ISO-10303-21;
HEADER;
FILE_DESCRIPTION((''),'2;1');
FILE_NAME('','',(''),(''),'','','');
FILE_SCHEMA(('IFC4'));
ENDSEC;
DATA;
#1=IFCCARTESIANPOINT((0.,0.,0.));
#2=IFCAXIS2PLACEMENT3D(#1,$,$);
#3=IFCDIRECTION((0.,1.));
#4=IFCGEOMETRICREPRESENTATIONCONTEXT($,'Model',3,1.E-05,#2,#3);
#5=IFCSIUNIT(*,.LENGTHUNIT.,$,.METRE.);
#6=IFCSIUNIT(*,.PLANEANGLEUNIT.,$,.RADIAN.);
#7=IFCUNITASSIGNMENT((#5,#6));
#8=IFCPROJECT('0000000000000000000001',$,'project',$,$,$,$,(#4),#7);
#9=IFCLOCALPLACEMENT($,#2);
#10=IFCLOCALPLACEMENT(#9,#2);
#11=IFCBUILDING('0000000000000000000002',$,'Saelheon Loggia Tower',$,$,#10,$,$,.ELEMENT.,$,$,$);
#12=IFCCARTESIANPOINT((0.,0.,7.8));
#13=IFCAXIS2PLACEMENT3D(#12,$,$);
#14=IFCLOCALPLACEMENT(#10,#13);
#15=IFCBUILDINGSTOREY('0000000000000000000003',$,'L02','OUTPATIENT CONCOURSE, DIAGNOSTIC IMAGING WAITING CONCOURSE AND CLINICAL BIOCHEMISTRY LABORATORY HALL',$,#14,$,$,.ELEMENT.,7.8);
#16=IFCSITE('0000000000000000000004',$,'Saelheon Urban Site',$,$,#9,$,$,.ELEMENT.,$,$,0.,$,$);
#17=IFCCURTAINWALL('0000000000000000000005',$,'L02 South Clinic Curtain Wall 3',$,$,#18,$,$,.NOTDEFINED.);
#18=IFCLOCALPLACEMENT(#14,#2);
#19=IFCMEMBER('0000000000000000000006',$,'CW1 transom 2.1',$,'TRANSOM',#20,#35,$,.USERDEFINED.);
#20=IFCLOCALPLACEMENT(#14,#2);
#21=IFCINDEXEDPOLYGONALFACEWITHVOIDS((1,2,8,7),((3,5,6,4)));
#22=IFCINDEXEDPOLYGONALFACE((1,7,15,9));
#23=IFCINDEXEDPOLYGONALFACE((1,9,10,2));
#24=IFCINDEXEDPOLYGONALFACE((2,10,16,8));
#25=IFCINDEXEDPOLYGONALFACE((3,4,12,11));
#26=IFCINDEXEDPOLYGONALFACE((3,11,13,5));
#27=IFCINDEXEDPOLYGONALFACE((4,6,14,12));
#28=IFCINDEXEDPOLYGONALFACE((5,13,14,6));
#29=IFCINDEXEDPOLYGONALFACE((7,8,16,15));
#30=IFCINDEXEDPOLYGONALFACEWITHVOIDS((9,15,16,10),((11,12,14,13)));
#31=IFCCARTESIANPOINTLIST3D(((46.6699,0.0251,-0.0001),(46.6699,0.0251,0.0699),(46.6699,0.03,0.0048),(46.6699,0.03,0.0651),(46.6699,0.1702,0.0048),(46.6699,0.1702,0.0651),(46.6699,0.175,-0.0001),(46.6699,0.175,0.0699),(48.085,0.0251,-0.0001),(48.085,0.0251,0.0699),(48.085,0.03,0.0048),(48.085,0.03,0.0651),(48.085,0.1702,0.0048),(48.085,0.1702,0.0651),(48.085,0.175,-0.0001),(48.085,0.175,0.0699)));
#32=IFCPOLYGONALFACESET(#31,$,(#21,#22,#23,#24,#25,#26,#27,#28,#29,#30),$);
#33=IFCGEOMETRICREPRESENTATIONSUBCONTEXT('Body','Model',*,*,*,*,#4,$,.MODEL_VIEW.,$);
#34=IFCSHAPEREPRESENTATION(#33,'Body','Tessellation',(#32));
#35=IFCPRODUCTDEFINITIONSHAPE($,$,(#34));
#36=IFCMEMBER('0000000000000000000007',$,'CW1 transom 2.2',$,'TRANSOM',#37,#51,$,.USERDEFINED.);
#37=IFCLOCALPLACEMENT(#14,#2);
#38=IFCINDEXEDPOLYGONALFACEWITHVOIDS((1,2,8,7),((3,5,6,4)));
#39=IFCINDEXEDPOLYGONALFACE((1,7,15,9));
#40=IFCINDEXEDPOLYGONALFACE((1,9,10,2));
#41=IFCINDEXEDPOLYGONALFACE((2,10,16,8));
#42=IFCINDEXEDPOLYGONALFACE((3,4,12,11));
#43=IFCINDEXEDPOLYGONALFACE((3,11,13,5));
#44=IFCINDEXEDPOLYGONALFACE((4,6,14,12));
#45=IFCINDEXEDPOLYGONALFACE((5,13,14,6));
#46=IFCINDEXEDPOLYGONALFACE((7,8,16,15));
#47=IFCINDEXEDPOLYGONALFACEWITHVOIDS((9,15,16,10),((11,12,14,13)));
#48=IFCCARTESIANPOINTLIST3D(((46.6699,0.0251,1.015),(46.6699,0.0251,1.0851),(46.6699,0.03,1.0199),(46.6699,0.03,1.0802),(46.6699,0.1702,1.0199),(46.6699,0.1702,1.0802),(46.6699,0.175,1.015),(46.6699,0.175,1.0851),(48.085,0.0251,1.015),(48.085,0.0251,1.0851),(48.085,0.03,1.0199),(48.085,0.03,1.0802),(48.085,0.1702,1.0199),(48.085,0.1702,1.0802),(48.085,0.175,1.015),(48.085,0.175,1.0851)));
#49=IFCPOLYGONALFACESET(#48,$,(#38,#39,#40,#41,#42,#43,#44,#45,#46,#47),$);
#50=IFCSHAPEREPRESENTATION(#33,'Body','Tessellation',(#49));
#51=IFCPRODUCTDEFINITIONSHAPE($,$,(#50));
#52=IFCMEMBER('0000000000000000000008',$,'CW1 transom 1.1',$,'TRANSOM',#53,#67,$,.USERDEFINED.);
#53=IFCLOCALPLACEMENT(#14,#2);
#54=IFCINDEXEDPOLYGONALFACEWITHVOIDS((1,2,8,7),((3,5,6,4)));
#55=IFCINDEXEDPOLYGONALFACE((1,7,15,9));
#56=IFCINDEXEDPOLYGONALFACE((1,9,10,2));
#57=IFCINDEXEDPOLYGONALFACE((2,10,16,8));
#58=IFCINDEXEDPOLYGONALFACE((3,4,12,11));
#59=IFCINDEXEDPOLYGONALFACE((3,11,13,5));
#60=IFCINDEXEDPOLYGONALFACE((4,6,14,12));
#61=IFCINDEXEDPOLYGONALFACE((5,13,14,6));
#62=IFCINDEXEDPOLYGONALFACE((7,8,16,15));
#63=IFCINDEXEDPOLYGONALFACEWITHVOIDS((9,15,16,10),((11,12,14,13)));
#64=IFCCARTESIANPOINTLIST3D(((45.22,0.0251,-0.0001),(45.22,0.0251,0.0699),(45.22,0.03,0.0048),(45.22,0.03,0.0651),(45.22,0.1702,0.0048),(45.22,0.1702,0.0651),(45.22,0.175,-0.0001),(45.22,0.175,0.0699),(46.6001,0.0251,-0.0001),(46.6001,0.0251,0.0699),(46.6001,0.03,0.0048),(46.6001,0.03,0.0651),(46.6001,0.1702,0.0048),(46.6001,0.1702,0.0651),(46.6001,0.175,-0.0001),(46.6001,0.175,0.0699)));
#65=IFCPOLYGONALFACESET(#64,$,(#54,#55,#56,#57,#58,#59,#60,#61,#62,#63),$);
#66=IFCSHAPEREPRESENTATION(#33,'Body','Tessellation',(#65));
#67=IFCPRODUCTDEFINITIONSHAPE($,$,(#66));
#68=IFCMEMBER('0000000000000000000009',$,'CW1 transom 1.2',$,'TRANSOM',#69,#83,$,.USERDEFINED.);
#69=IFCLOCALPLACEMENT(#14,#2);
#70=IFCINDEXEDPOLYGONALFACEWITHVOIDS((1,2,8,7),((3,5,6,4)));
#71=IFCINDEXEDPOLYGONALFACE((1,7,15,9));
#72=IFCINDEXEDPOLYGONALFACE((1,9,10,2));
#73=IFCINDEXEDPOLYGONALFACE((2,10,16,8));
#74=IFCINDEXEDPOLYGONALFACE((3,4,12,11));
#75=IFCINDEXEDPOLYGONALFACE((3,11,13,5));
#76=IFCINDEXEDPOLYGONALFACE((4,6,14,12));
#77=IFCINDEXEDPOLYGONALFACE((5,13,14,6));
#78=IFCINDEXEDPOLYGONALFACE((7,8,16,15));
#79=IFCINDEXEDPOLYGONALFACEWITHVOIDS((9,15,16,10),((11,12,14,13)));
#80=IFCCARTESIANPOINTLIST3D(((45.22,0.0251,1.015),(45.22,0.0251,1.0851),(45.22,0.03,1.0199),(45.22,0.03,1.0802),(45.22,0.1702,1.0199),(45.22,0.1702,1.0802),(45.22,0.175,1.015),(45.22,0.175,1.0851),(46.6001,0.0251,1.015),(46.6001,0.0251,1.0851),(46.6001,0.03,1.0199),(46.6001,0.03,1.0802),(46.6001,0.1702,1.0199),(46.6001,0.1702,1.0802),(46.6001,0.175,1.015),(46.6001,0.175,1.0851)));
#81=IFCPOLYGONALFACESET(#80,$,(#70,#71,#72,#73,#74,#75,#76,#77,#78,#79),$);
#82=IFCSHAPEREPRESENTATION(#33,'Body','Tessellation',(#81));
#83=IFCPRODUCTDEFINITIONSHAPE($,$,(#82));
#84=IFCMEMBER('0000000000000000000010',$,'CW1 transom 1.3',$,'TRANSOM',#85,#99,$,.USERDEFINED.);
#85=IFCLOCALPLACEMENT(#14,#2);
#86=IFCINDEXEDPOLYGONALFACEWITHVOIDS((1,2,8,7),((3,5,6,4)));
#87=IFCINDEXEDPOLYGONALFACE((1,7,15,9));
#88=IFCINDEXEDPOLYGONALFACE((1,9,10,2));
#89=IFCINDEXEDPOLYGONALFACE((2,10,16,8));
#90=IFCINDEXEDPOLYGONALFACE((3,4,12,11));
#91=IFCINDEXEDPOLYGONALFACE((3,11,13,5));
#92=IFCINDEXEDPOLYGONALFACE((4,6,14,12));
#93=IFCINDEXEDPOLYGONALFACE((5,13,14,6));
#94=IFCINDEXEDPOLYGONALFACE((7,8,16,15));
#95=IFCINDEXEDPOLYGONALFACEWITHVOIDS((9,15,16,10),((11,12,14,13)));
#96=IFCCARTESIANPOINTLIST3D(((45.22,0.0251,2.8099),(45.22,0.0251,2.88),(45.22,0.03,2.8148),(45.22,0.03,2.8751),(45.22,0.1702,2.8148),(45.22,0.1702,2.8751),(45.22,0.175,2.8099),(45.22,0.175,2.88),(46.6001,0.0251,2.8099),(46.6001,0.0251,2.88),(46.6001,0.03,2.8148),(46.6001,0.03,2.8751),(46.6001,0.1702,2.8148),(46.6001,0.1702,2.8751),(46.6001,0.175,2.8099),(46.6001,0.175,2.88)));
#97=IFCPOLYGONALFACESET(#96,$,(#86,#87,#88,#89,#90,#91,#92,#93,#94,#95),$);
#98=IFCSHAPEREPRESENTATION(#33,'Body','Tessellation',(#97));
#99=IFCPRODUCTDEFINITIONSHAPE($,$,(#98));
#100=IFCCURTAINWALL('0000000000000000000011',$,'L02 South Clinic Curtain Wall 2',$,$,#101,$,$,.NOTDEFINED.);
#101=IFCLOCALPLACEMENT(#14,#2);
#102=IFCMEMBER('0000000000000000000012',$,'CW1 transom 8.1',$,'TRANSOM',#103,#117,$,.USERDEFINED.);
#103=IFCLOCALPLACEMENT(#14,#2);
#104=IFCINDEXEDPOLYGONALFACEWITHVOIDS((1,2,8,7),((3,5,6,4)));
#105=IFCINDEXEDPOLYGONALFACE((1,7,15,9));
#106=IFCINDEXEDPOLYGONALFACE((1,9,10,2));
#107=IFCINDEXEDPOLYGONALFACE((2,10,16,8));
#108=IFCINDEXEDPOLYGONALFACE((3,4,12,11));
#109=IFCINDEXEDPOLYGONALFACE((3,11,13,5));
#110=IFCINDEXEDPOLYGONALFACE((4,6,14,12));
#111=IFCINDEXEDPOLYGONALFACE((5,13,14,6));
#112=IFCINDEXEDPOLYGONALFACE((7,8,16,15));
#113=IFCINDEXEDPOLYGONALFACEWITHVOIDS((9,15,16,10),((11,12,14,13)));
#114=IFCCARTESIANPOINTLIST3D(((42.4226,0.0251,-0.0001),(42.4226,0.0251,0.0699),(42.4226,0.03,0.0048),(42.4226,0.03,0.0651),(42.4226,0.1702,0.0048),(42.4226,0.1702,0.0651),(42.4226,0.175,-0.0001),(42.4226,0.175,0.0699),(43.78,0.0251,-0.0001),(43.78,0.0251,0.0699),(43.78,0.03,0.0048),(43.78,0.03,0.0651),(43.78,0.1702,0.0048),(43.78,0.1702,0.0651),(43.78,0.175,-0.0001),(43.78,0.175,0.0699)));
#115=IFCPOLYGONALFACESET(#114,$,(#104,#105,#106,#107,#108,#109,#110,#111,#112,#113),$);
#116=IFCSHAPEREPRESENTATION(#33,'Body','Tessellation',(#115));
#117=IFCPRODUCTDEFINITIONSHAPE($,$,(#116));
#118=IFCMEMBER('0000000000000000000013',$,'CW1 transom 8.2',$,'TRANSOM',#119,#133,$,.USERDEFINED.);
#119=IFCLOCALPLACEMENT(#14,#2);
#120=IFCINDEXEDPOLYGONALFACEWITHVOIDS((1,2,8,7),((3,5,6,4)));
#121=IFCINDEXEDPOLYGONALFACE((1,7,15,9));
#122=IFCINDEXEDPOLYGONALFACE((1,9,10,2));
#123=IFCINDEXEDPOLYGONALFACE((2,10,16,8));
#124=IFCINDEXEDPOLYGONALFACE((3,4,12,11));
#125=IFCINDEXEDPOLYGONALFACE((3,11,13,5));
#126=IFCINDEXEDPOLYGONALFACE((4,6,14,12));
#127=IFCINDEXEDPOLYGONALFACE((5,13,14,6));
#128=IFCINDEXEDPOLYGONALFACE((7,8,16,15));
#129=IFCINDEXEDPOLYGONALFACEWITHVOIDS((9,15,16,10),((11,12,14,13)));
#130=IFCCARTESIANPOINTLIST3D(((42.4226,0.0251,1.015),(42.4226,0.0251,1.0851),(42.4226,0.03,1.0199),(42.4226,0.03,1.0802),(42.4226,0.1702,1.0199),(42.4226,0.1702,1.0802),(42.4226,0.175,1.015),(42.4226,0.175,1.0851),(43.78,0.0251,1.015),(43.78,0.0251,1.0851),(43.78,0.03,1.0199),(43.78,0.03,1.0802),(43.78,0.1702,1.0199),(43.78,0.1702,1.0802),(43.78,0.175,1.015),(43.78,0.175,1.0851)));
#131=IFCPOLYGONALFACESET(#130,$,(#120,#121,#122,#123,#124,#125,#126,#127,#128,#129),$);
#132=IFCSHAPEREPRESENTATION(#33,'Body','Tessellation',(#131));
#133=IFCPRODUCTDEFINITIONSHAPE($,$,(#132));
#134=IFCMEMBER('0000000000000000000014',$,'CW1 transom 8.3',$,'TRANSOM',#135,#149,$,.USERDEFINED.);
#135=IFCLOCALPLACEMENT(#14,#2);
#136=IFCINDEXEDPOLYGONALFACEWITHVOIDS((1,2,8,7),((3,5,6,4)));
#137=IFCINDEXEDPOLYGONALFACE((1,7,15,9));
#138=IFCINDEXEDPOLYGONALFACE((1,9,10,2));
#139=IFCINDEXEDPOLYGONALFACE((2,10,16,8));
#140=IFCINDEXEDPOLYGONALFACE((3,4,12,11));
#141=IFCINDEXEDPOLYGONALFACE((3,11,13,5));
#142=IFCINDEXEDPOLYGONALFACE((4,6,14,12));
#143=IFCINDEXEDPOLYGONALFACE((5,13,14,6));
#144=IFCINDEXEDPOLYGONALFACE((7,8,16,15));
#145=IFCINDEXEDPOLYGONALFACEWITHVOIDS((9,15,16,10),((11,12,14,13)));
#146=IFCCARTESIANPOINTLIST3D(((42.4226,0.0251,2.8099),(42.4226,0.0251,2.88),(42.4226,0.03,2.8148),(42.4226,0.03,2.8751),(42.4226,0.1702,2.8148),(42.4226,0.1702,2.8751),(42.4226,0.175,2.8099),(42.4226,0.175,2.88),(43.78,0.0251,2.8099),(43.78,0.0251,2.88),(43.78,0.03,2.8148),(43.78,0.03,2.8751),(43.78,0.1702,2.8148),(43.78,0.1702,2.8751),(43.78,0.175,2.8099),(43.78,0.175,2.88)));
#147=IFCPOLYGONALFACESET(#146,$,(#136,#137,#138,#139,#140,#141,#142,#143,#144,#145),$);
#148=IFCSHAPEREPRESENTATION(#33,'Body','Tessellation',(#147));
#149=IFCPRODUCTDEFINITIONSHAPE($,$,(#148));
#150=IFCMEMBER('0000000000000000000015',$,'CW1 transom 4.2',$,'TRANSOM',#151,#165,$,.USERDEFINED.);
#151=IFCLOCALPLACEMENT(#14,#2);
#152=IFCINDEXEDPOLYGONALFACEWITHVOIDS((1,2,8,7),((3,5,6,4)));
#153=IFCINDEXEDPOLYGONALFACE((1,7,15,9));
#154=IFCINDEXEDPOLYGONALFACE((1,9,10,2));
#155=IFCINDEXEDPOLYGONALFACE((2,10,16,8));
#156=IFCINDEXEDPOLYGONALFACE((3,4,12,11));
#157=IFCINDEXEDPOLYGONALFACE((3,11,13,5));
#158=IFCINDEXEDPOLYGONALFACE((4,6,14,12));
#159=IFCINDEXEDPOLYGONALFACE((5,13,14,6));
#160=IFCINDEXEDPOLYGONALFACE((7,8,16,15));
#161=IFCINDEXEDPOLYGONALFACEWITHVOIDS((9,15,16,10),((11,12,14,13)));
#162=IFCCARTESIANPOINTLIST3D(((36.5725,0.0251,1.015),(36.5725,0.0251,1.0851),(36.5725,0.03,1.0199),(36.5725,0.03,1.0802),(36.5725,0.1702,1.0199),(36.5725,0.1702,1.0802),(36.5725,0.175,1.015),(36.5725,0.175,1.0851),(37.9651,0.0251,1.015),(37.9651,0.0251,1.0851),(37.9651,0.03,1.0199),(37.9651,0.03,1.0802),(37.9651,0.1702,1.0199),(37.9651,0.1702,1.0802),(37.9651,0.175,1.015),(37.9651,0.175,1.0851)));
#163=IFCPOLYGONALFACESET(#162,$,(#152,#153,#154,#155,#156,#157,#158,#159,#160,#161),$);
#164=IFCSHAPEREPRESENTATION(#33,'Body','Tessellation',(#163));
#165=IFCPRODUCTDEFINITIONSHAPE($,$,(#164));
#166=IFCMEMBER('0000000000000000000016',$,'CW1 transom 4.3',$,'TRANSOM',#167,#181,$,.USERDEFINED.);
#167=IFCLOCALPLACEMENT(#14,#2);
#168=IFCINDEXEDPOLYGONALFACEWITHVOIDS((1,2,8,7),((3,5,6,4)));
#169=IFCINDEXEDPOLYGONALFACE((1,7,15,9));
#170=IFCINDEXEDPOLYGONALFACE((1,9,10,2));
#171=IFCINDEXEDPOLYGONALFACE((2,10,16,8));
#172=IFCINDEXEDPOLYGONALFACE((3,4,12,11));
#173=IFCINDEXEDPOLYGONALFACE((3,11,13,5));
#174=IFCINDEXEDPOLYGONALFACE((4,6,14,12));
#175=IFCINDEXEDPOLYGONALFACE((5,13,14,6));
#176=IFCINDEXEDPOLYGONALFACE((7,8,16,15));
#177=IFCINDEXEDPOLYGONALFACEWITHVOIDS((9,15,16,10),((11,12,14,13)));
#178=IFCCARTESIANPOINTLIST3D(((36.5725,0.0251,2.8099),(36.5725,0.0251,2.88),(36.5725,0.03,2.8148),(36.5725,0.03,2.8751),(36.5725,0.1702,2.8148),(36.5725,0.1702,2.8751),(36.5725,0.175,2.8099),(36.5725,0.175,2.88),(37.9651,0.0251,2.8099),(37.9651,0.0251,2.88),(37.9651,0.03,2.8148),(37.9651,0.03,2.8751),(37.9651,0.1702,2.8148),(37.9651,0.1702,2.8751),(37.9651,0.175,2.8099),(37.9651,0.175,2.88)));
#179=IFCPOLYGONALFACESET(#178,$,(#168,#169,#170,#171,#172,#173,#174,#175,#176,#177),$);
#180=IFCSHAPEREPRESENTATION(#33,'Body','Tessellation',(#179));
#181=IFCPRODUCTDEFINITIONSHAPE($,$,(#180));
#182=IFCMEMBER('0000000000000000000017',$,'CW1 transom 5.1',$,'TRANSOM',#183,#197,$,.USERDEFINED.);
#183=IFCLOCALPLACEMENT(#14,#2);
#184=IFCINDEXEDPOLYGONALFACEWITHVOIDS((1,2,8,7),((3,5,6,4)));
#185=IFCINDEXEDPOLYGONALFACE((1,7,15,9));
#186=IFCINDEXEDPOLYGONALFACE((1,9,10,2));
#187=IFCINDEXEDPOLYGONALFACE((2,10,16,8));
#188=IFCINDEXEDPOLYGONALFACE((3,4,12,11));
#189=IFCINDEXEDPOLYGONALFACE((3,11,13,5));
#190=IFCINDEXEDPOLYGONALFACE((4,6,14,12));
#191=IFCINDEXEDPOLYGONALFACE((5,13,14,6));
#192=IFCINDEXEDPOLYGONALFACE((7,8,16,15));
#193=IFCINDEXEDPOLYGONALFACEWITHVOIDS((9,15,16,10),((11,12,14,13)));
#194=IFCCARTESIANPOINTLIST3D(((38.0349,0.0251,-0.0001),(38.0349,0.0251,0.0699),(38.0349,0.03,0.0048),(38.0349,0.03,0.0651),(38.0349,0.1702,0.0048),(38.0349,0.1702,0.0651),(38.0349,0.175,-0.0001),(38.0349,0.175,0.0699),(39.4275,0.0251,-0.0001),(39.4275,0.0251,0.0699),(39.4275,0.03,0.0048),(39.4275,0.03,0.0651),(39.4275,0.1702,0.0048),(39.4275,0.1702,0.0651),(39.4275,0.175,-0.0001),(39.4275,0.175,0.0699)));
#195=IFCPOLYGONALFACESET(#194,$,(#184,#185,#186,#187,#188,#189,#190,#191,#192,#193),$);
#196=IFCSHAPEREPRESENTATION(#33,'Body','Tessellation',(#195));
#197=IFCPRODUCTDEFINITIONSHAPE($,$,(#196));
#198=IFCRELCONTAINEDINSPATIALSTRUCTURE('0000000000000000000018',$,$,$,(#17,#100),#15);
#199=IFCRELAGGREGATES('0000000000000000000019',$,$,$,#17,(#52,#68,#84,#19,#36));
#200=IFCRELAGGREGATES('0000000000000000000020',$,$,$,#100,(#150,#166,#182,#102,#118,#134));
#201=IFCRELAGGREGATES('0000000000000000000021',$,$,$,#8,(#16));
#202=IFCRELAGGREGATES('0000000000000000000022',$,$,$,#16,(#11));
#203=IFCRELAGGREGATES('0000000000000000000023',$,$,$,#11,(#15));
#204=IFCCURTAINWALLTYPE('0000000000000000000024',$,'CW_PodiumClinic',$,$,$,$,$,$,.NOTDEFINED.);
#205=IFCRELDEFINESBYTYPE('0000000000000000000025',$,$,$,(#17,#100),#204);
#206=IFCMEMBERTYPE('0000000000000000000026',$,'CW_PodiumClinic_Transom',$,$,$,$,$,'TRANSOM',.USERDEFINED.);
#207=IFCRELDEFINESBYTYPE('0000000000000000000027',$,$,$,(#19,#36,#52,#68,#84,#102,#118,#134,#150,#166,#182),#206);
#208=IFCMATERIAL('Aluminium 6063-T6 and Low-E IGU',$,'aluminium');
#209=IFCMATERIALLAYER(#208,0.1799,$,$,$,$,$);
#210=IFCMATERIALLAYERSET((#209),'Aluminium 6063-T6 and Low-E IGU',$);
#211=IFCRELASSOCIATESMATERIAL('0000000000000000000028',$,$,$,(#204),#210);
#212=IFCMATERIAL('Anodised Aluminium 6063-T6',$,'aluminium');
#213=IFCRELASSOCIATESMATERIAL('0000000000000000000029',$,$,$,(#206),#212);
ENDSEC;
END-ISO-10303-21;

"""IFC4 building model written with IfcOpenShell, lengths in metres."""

from ifc_helpers import new_model, si_unit, direction, frame, origin, origin_2d, place, context, subcontext, project, spatial, hollow_rectangle, extrude, source, transform, mapped, material, layer, layer_set, material_profile, profile_set, type_object, element, aggregate, save


model = new_model("IFC4")

# Units and contexts
model_context = context("Model", 3, precision=1e-05, world=origin(), true_north=direction((0.0, 1.0)))
body_context = subcontext(model_context, "Body", "Model", "MODEL_VIEW")
ifc_project = project(units=[si_unit("LENGTHUNIT", "METRE"), si_unit("PLANEANGLEUNIT", "RADIAN")], contexts=[model_context])

# Site, building, storey
site_placement = place(None, origin())
site = spatial("IfcSite", under=ifc_project, at=site_placement, Name="Saelheon Urban Site", CompositionType="ELEMENT", RefElevation=0.0)
building_placement = place(site_placement, origin())
building = spatial("IfcBuilding", under=site, at=building_placement, Name="Saelheon Loggia Tower", CompositionType="ELEMENT")
storey_placement = place(building_placement, frame((0.0, 0.0, 7.8)))
storey = spatial("IfcBuildingStorey", under=building, at=storey_placement, Name="L02", Description="OUTPATIENT CONCOURSE, DIAGNOSTIC IMAGING WAITING CONCOURSE AND CLINICAL BIOCHEMISTRY LABORATORY HALL", CompositionType="ELEMENT", Elevation=7.8)

# Curtain walls, members
ifc_material_1 = material(Name="Aluminium 6063-T6 and Low-E IGU", Category="aluminium")
ifc_layer_1 = layer(ifc_material_1, 0.1799)
ifc_layer_set_1 = layer_set([ifc_layer_1], Name="Aluminium 6063-T6 and Low-E IGU")
curtain_wall_type = type_object("IfcCurtainWallType", Name="CW_PodiumClinic", PredefinedType="NOTDEFINED", material=ifc_layer_set_1)
curtain_wall_1_placement = place(storey_placement, origin())
curtain_wall_1 = element("IfcCurtainWall", 1, at=curtain_wall_1_placement, inside=storey, type_object=curtain_wall_type, Name="L02 South Clinic Curtain Wall 3", PredefinedType="NOTDEFINED")
ifc_material_2 = material(Name="Anodised Aluminium 6063-T6", Category="aluminium")
ifc_material_profile_1 = material_profile(ifc_material_2, hollow_rectangle(XDim=0.0701, YDim=0.1499, WallThickness=0.0049, at=origin_2d()), Name="RHS-150x70x5")
ifc_profile_set_1 = profile_set([ifc_material_profile_1], Name="Anodised Aluminium 6063-T6")
member_type_1 = type_object("IfcMemberType", Name="CW_PodiumClinic_Transom", ElementType="TRANSOM", PredefinedType="USERDEFINED", material=ifc_profile_set_1)
shared_shape_1 = source(origin(), body_context, "Body", "SweptSolid", [
    extrude(hollow_rectangle(XDim=0.0701, YDim=0.1499, WallThickness=0.0049, at=origin_2d()), origin(), (0.0, 0.0, 1.0), 1.415),
])
member_1_placement = place(storey_placement, frame((46.6699, 0.1001, 0.0349), z_axis=(1.0, 0.0, 0.0), x_axis=(0.0, 0.0, 1.0)))
member_1 = element("IfcMember", 2, at=member_1_placement, type_object=member_type_1, Name="CW1 transom 2.1", ObjectType="TRANSOM", PredefinedType="USERDEFINED", context=body_context, shape_type="MappedRepresentation", body=[
    mapped(shared_shape_1, transform((0.0, 0.0, 0.0), scale=1.0)),
])
member_2_placement = place(storey_placement, frame((46.6699, 0.1001, 1.05), z_axis=(1.0, 0.0, 0.0), x_axis=(0.0, 0.0, 1.0)))
member_2 = element("IfcMember", 3, at=member_2_placement, type_object=member_type_1, Name="CW1 transom 2.2", ObjectType="TRANSOM", PredefinedType="USERDEFINED", context=body_context, shape_type="MappedRepresentation", body=[
    mapped(shared_shape_1, transform((0.0, 0.0, 0.0), scale=1.0)),
])
shared_shape_2 = source(origin(), body_context, "Body", "SweptSolid", [
    extrude(hollow_rectangle(XDim=0.0701, YDim=0.1499, WallThickness=0.0049, at=origin_2d()), origin(), (0.0, 0.0, 1.0), 1.3801),
])
member_3_placement = place(storey_placement, frame((45.22, 0.1001, 0.0349), z_axis=(1.0, 0.0, 0.0), x_axis=(0.0, 0.0, 1.0)))
member_3 = element("IfcMember", 4, at=member_3_placement, type_object=member_type_1, Name="CW1 transom 1.1", ObjectType="TRANSOM", PredefinedType="USERDEFINED", context=body_context, shape_type="MappedRepresentation", body=[
    mapped(shared_shape_2, transform((0.0, 0.0, 0.0), scale=1.0)),
])
member_4_placement = place(storey_placement, frame((45.22, 0.1001, 1.05), z_axis=(1.0, 0.0, 0.0), x_axis=(0.0, 0.0, 1.0)))
member_4 = element("IfcMember", 5, at=member_4_placement, type_object=member_type_1, Name="CW1 transom 1.2", ObjectType="TRANSOM", PredefinedType="USERDEFINED", context=body_context, shape_type="MappedRepresentation", body=[
    mapped(shared_shape_2, transform((0.0, 0.0, 0.0), scale=1.0)),
])
member_5_placement = place(storey_placement, frame((45.22, 0.1001, 2.845), z_axis=(1.0, 0.0, 0.0), x_axis=(0.0, 0.0, 1.0)))
member_5 = element("IfcMember", 6, at=member_5_placement, type_object=member_type_1, Name="CW1 transom 1.3", ObjectType="TRANSOM", PredefinedType="USERDEFINED", context=body_context, shape_type="MappedRepresentation", body=[
    mapped(shared_shape_2, transform((0.0, 0.0, 0.0), scale=1.0)),
])
curtain_wall_2_placement = place(storey_placement, origin())
curtain_wall_2 = element("IfcCurtainWall", 7, at=curtain_wall_2_placement, inside=storey, type_object=curtain_wall_type, Name="L02 South Clinic Curtain Wall 2", PredefinedType="NOTDEFINED")
shared_shape_3 = source(origin(), body_context, "Body", "SweptSolid", [
    extrude(hollow_rectangle(XDim=0.0701, YDim=0.1499, WallThickness=0.0049, at=origin_2d()), origin(), (0.0, 0.0, 1.0), 1.3574),
])
member_6_placement = place(storey_placement, frame((42.4226, 0.1001, 0.0349), z_axis=(1.0, 0.0, 0.0), x_axis=(0.0, 0.0, 1.0)))
member_6 = element("IfcMember", 8, at=member_6_placement, type_object=member_type_1, Name="CW1 transom 8.1", ObjectType="TRANSOM", PredefinedType="USERDEFINED", context=body_context, shape_type="MappedRepresentation", body=[
    mapped(shared_shape_3, transform((0.0, 0.0, 0.0), scale=1.0)),
])
member_7_placement = place(storey_placement, frame((42.4226, 0.1001, 1.05), z_axis=(1.0, 0.0, 0.0), x_axis=(0.0, 0.0, 1.0)))
member_7 = element("IfcMember", 9, at=member_7_placement, type_object=member_type_1, Name="CW1 transom 8.2", ObjectType="TRANSOM", PredefinedType="USERDEFINED", context=body_context, shape_type="MappedRepresentation", body=[
    mapped(shared_shape_3, transform((0.0, 0.0, 0.0), scale=1.0)),
])
member_8_placement = place(storey_placement, frame((42.4226, 0.1001, 2.845), z_axis=(1.0, 0.0, 0.0), x_axis=(0.0, 0.0, 1.0)))
member_8 = element("IfcMember", 10, at=member_8_placement, type_object=member_type_1, Name="CW1 transom 8.3", ObjectType="TRANSOM", PredefinedType="USERDEFINED", context=body_context, shape_type="MappedRepresentation", body=[
    mapped(shared_shape_3, transform((0.0, 0.0, 0.0), scale=1.0)),
])
shared_shape_4 = source(origin(), body_context, "Body", "SweptSolid", [
    extrude(hollow_rectangle(XDim=0.0701, YDim=0.1499, WallThickness=0.0049, at=origin_2d()), origin(), (0.0, 0.0, 1.0), 1.3926),
])
member_9_placement = place(storey_placement, frame((36.5725, 0.1001, 1.05), z_axis=(1.0, 0.0, 0.0), x_axis=(0.0, 0.0, 1.0)))
member_9 = element("IfcMember", 11, at=member_9_placement, type_object=member_type_1, Name="CW1 transom 4.2", ObjectType="TRANSOM", PredefinedType="USERDEFINED", context=body_context, shape_type="MappedRepresentation", body=[
    mapped(shared_shape_4, transform((0.0, 0.0, 0.0), scale=1.0)),
])
member_10_placement = place(storey_placement, frame((36.5725, 0.1001, 2.845), z_axis=(1.0, 0.0, 0.0), x_axis=(0.0, 0.0, 1.0)))
member_10 = element("IfcMember", 12, at=member_10_placement, type_object=member_type_1, Name="CW1 transom 4.3", ObjectType="TRANSOM", PredefinedType="USERDEFINED", context=body_context, shape_type="MappedRepresentation", body=[
    mapped(shared_shape_4, transform((0.0, 0.0, 0.0), scale=1.0)),
])
member_11_placement = place(storey_placement, frame((38.0349, 0.1001, 0.0349), z_axis=(1.0, 0.0, 0.0), x_axis=(0.0, 0.0, 1.0)))
member_11 = element("IfcMember", 13, at=member_11_placement, type_object=member_type_1, Name="CW1 transom 5.1", ObjectType="TRANSOM", PredefinedType="USERDEFINED", context=body_context, shape_type="MappedRepresentation", body=[
    mapped(shared_shape_4, transform((0.0, 0.0, 0.0), scale=1.0)),
])

aggregate(curtain_wall_1, [member_3, member_4, member_5, member_1, member_2])
aggregate(curtain_wall_2, [member_9, member_10, member_11, member_6, member_7, member_8])

save(model, "model.ifc")
